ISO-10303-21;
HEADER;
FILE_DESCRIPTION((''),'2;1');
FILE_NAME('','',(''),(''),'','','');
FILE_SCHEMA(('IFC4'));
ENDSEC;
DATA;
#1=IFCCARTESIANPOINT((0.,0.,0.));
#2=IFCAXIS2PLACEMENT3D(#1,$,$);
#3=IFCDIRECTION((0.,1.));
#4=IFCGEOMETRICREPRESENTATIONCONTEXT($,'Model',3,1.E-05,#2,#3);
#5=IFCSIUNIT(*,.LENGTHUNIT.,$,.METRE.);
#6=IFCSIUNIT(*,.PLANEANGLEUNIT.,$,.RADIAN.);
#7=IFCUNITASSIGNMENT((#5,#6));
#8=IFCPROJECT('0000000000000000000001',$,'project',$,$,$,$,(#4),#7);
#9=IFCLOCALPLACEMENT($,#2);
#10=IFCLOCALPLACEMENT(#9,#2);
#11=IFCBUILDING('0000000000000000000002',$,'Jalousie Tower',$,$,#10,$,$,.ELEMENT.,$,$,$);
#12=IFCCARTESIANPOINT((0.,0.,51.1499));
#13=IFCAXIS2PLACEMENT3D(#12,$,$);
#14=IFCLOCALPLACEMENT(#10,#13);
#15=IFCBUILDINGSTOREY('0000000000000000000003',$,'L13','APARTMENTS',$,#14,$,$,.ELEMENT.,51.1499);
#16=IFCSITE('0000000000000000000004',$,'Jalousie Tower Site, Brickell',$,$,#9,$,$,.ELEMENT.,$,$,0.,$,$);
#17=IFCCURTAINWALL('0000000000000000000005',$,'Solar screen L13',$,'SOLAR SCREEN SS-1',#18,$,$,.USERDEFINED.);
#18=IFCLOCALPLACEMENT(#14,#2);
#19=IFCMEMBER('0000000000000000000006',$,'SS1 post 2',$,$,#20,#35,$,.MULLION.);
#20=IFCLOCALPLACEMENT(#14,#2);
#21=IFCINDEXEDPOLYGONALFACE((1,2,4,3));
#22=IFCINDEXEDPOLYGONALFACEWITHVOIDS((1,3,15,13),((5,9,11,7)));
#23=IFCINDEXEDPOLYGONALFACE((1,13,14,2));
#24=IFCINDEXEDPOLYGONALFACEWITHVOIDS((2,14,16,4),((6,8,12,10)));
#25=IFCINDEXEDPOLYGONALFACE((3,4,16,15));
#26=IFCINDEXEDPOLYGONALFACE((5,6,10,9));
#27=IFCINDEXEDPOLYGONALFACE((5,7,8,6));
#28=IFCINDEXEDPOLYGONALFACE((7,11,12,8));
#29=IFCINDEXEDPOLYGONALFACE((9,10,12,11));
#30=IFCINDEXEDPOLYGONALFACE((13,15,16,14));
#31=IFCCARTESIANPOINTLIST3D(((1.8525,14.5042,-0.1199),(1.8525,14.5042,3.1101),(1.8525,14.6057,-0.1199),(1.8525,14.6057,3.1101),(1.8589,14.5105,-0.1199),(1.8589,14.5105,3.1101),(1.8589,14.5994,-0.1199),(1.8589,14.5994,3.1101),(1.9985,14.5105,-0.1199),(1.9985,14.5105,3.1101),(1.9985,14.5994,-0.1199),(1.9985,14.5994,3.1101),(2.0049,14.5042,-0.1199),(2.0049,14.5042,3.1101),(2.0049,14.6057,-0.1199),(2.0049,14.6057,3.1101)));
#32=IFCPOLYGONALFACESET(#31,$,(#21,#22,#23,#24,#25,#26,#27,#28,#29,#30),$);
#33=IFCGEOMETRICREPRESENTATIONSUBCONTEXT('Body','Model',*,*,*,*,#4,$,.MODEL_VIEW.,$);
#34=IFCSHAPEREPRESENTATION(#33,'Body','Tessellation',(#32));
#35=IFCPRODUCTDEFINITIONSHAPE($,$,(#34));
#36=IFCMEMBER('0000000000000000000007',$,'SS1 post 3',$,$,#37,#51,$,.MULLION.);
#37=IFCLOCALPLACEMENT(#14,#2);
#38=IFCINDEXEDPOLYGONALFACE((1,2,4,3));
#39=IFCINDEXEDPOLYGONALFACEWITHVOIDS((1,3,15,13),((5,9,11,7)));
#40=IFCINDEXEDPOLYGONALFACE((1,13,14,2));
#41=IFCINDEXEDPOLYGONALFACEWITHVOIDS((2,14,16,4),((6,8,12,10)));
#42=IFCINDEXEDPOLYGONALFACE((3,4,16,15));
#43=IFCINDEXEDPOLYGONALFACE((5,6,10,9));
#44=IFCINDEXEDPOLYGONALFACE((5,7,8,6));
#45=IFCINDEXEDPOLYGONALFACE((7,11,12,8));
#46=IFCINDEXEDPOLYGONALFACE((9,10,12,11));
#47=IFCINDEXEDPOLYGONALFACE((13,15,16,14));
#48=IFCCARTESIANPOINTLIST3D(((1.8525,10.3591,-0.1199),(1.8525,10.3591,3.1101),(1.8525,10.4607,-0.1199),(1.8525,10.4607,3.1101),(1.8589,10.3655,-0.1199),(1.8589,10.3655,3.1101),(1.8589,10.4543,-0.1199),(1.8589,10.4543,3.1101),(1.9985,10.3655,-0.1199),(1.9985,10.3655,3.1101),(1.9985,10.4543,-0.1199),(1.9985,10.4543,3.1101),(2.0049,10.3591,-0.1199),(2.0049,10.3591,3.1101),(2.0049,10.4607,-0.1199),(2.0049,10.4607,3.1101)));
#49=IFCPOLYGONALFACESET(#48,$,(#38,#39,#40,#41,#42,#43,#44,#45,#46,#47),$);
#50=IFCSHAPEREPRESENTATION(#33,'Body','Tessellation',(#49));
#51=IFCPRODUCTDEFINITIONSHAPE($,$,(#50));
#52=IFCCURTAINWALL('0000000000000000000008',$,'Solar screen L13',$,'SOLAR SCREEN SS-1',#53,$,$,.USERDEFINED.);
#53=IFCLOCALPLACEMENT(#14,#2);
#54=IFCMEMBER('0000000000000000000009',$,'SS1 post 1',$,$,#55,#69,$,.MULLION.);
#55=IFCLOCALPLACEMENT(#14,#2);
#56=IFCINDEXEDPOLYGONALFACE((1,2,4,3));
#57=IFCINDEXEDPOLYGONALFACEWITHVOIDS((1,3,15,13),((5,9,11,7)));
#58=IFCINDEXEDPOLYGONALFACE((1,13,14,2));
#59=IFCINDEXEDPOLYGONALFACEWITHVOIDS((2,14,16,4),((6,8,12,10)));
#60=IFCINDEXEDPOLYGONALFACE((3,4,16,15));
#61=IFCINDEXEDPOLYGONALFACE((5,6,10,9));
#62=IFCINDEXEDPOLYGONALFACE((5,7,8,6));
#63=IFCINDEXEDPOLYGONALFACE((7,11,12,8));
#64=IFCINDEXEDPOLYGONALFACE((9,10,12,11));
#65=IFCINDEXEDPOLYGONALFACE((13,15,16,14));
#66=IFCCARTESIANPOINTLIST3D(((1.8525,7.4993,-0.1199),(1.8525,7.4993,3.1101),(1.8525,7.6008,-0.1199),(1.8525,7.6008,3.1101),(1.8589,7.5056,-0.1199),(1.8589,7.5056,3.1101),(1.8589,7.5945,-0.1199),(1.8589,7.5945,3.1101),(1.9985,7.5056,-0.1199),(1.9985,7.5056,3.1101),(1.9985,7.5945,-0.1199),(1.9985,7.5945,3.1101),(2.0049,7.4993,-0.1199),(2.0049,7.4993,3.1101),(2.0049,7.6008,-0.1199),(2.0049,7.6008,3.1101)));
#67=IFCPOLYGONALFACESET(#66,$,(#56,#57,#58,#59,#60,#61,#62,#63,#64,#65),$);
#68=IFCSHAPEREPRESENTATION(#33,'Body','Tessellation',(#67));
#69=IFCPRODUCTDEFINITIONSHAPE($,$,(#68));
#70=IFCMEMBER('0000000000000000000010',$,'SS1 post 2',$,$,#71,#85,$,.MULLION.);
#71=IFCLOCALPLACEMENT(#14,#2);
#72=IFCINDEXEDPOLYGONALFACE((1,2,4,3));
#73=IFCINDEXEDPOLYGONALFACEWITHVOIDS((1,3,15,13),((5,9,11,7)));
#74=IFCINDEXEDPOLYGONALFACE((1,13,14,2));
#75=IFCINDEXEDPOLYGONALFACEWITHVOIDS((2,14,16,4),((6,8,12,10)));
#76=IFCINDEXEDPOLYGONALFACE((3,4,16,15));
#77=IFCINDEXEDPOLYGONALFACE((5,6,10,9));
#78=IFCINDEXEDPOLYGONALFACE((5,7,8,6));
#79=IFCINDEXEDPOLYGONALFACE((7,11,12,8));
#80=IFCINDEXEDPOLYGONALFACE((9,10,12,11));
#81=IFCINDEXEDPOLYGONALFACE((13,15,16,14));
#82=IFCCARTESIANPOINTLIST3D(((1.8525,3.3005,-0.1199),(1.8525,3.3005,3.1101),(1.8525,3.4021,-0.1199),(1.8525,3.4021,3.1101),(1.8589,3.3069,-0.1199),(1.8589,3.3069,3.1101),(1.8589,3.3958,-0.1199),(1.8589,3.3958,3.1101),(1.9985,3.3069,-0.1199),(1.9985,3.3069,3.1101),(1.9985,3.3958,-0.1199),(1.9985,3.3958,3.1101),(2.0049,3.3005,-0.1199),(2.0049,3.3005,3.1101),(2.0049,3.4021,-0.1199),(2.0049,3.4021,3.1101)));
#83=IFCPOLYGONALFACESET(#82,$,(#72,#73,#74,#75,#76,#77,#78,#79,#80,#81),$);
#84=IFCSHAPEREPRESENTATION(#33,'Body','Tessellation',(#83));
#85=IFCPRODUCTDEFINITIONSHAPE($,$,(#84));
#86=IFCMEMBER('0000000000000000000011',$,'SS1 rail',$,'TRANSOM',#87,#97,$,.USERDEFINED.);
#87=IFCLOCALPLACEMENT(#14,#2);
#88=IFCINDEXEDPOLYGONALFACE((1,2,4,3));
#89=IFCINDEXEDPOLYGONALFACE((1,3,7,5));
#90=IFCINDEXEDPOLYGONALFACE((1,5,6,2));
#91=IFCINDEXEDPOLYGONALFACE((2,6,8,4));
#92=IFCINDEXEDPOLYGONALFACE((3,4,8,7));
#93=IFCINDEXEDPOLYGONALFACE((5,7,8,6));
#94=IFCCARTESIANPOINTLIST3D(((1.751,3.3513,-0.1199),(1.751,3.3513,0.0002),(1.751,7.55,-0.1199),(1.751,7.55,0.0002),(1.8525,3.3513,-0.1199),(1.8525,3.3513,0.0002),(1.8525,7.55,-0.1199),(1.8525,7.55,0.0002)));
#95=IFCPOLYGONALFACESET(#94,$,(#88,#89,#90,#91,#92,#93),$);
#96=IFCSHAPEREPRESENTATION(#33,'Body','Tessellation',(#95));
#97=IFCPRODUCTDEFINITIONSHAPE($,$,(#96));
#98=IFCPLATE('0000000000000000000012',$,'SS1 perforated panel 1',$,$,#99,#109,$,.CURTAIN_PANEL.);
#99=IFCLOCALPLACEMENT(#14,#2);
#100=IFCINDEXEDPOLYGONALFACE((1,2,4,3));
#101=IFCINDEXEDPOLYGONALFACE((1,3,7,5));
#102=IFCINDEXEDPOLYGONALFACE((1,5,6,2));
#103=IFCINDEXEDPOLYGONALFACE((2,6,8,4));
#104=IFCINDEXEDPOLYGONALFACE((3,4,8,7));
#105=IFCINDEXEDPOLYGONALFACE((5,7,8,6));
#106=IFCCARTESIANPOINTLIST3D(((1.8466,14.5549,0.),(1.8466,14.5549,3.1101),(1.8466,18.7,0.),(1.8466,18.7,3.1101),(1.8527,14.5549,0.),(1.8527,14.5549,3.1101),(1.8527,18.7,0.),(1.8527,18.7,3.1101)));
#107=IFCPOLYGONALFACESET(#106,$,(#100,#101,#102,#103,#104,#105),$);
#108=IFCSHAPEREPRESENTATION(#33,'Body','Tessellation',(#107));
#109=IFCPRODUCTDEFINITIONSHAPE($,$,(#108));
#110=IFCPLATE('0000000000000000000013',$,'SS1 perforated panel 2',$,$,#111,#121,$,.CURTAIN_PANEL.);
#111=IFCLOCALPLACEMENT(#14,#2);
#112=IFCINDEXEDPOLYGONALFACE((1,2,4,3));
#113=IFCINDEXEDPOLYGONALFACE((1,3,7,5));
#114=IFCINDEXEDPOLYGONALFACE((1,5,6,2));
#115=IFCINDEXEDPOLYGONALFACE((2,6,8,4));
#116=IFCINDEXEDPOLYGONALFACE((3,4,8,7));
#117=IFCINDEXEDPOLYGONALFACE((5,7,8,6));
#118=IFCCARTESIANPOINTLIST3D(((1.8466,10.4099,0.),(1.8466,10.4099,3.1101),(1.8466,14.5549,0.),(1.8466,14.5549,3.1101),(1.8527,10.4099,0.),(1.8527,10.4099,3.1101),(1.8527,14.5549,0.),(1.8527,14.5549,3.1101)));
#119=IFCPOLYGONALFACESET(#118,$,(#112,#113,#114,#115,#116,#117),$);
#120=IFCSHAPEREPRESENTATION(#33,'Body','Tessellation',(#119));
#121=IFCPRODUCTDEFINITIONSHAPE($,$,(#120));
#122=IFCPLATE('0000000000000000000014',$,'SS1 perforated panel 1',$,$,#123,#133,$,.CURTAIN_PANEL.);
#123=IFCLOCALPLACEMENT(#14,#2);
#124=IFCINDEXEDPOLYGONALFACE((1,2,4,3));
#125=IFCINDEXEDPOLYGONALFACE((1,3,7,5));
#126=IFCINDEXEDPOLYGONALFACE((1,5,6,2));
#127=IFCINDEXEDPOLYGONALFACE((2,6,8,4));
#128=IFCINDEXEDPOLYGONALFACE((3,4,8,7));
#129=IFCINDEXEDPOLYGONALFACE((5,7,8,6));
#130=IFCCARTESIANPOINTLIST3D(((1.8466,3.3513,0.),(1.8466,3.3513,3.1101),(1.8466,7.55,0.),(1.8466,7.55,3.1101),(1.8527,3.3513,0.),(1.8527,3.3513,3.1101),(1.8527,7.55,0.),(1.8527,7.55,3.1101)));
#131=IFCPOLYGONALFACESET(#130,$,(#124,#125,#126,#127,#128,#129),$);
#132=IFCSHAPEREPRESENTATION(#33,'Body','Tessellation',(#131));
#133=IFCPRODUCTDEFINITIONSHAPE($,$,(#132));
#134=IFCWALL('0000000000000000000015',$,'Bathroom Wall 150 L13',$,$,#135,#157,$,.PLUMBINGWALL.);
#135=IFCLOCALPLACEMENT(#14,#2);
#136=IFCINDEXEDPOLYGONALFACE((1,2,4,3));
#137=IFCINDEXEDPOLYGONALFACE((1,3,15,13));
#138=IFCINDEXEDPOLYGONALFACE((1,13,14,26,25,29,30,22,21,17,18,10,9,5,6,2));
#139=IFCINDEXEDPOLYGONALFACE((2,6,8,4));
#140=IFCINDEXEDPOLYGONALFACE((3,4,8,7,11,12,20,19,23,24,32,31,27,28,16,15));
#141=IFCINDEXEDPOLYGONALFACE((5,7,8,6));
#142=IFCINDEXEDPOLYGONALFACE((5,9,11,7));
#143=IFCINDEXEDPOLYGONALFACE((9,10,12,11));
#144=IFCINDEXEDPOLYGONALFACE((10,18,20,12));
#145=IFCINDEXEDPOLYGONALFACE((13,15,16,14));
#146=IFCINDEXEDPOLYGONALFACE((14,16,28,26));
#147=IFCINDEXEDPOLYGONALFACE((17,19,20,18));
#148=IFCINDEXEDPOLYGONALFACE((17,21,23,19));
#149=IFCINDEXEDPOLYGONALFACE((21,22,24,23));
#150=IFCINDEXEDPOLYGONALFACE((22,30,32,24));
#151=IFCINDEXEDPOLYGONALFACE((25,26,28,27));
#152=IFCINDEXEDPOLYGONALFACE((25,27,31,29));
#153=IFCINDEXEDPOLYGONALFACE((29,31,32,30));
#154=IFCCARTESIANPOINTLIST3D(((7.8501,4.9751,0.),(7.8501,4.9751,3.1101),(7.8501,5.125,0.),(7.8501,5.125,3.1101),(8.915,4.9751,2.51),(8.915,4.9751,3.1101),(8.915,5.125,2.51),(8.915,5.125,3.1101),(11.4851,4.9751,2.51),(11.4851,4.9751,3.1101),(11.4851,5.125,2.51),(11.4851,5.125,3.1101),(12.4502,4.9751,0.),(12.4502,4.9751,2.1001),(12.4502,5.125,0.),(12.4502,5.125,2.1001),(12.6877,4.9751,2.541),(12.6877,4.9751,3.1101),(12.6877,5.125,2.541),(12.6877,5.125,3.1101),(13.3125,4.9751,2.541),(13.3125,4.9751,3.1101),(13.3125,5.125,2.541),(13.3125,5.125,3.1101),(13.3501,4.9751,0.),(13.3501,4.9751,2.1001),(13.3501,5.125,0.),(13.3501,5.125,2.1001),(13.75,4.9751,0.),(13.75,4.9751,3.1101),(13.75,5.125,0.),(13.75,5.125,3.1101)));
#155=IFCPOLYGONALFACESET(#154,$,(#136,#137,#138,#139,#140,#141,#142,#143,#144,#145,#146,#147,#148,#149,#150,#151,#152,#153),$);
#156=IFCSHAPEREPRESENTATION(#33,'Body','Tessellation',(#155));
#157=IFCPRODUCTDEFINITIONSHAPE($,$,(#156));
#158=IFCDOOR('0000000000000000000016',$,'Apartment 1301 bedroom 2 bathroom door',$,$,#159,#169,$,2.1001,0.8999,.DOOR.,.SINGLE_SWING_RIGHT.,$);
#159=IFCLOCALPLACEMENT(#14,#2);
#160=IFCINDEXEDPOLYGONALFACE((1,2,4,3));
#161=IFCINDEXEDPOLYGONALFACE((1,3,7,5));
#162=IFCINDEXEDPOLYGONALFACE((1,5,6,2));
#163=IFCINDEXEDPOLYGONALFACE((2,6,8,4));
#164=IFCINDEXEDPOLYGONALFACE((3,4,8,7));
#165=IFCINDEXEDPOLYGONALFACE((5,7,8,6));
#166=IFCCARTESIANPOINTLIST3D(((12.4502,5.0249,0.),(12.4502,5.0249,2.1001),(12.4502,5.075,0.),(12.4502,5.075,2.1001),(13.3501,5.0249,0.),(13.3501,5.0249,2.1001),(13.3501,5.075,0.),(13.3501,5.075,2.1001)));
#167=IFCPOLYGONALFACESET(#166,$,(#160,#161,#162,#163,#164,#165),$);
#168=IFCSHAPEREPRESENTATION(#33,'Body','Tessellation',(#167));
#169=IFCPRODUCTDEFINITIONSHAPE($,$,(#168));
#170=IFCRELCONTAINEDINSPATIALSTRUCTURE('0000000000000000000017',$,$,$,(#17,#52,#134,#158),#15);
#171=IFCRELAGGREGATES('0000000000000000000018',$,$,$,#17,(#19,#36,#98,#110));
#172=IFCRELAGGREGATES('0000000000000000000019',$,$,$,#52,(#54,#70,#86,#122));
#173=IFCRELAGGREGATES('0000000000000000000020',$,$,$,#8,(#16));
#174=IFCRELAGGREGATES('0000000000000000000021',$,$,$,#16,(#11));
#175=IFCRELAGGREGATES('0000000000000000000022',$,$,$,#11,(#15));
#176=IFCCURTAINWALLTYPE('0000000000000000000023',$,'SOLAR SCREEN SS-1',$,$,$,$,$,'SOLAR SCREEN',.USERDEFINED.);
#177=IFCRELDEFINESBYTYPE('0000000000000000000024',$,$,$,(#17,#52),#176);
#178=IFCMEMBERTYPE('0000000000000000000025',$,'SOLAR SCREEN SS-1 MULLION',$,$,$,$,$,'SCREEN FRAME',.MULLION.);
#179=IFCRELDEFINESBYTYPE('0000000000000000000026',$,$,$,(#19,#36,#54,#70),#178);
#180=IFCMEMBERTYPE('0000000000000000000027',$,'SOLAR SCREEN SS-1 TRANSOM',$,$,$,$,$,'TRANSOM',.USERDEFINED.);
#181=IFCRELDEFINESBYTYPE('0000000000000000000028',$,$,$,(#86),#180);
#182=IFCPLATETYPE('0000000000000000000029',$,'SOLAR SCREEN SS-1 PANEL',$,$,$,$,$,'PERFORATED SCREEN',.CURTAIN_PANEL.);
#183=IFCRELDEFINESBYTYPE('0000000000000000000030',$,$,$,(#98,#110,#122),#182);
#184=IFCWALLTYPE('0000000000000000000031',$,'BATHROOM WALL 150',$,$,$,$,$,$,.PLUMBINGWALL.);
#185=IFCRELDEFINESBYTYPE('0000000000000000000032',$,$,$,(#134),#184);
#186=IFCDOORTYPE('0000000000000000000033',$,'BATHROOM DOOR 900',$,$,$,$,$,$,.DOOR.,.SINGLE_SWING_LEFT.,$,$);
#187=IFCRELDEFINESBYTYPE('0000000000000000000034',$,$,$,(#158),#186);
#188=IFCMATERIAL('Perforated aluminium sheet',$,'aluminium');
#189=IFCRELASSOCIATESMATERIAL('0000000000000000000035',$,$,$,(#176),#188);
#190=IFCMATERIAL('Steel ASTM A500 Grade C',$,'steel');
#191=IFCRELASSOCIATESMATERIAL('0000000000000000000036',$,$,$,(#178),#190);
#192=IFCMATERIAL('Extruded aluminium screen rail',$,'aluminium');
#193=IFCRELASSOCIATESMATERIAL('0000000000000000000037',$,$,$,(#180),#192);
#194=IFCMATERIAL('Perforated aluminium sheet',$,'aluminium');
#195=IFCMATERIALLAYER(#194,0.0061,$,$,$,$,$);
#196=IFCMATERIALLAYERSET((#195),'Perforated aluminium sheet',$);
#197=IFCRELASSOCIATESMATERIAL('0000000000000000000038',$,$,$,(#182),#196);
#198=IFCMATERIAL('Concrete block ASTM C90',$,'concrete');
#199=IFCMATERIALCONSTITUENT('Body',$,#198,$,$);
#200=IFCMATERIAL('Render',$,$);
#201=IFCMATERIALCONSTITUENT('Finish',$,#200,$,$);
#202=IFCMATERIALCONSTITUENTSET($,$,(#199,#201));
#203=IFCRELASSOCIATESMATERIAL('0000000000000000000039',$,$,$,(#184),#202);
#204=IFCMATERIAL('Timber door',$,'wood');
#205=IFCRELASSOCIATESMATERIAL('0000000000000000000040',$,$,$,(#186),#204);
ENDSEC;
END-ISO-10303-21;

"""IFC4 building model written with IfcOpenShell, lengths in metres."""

from ifc_helpers import new_model, si_unit, direction, frame, frame_2d, origin, origin_2d, place, context, subcontext, project, spatial, polyline, rectangle, hollow_rectangle, outline, extrude, material, layer, layer_set, constituent, constituent_set, material_profile, profile_set, type_object, element, fill, aggregate, save


model = new_model("IFC4")

# Units and contexts
model_context = context("Model", 3, precision=1e-05, world=origin(), true_north=direction((0.0, 1.0)))
body_context = subcontext(model_context, "Body", "Model", "MODEL_VIEW")
ifc_project = project(units=[si_unit("LENGTHUNIT", "METRE"), si_unit("PLANEANGLEUNIT", "RADIAN")], contexts=[model_context])

# Site, building, storey
site_placement = place(None, origin())
site = spatial("IfcSite", under=ifc_project, at=site_placement, Name="Jalousie Tower Site, Brickell", CompositionType="ELEMENT", RefElevation=0.0)
building_placement = place(site_placement, origin())
building = spatial("IfcBuilding", under=site, at=building_placement, Name="Jalousie Tower", CompositionType="ELEMENT")
storey_placement = place(building_placement, frame((0.0, 0.0, 51.1499)))
storey = spatial("IfcBuildingStorey", under=building, at=storey_placement, Name="L13", Description="APARTMENTS", CompositionType="ELEMENT", Elevation=51.1499)

# Curtain walls, members
ifc_material_1 = material(Name="Perforated aluminium sheet", Category="aluminium")
curtain_wall_type_1 = type_object("IfcCurtainWallType", Name="SOLAR SCREEN SS-1", ElementType="SOLAR SCREEN", PredefinedType="USERDEFINED", material=ifc_material_1)
curtain_wall_1_placement = place(storey_placement, origin())
curtain_wall_1 = element("IfcCurtainWall", 1, at=curtain_wall_1_placement, inside=storey, type_object=curtain_wall_type_1, Name="Solar screen L13", ObjectType="SOLAR SCREEN SS-1", PredefinedType="USERDEFINED")
ifc_material_2 = material(Name="Steel ASTM A500 Grade C", Category="steel")
ifc_material_profile_1 = material_profile(ifc_material_2, hollow_rectangle(XDim=0.1016, YDim=0.1523, WallThickness=0.0063, at=origin_2d()), Name="HSS6X4X1/4")
ifc_profile_set_1 = profile_set([ifc_material_profile_1], Name="Steel ASTM A500 Grade C")
member_type_1 = type_object("IfcMemberType", Name="SOLAR SCREEN SS-1 MULLION", ElementType="SCREEN FRAME", PredefinedType="MULLION", material=ifc_profile_set_1)
member_1_placement = place(storey_placement, frame((1.9287, 14.5549, -0.1199), z_axis=(0.0, 0.0, 1.0), x_axis=(0.0, -1.0, 0.0)))
member_1 = element("IfcMember", 2, at=member_1_placement, type_object=member_type_1, Name="SS1 post 2", PredefinedType="MULLION", context=body_context, shape_type="SweptSolid", body=[
    extrude(hollow_rectangle(XDim=0.1016, YDim=0.1523, WallThickness=0.0063, at=origin_2d()), origin(), (0.0, 0.0, 1.0), 3.23),
])
member_2_placement = place(storey_placement, frame((1.9287, 10.4099, -0.1199), z_axis=(0.0, 0.0, 1.0), x_axis=(0.0, -1.0, 0.0)))
member_2 = element("IfcMember", 3, at=member_2_placement, type_object=member_type_1, Name="SS1 post 3", PredefinedType="MULLION", context=body_context, shape_type="SweptSolid", body=[
    extrude(hollow_rectangle(XDim=0.1016, YDim=0.1523, WallThickness=0.0063, at=origin_2d()), origin(), (0.0, 0.0, 1.0), 3.23),
])
curtain_wall_2_placement = place(storey_placement, origin())
curtain_wall_2 = element("IfcCurtainWall", 4, at=curtain_wall_2_placement, inside=storey, type_object=curtain_wall_type_1, Name="Solar screen L13", ObjectType="SOLAR SCREEN SS-1", PredefinedType="USERDEFINED")
member_3_placement = place(storey_placement, frame((1.9287, 7.55, -0.1199), z_axis=(0.0, 0.0, 1.0), x_axis=(0.0, -1.0, 0.0)))
member_3 = element("IfcMember", 5, at=member_3_placement, type_object=member_type_1, Name="SS1 post 1", PredefinedType="MULLION", context=body_context, shape_type="SweptSolid", body=[
    extrude(hollow_rectangle(XDim=0.1016, YDim=0.1523, WallThickness=0.0063, at=origin_2d()), origin(), (0.0, 0.0, 1.0), 3.23),
])
member_4_placement = place(storey_placement, frame((1.9287, 3.3513, -0.1199), z_axis=(0.0, 0.0, 1.0), x_axis=(0.0, -1.0, 0.0)))
member_4 = element("IfcMember", 6, at=member_4_placement, type_object=member_type_1, Name="SS1 post 2", PredefinedType="MULLION", context=body_context, shape_type="SweptSolid", body=[
    extrude(hollow_rectangle(XDim=0.1016, YDim=0.1523, WallThickness=0.0063, at=origin_2d()), origin(), (0.0, 0.0, 1.0), 3.23),
])
ifc_material_3 = material(Name="Extruded aluminium screen rail", Category="aluminium")
ifc_material_profile_2 = material_profile(ifc_material_3, rectangle(XDim=0.1016, YDim=0.1201, at=origin_2d()), Name="RAIL 102x120")
ifc_profile_set_2 = profile_set([ifc_material_profile_2], Name="Extruded aluminium screen rail")
member_type_2 = type_object("IfcMemberType", Name="SOLAR SCREEN SS-1 TRANSOM", ElementType="TRANSOM", PredefinedType="USERDEFINED", material=ifc_profile_set_2)
member_5_placement = place(storey_placement, frame((1.8018, 7.55, -0.0598), z_axis=(0.0, -1.0, 0.0), x_axis=(1.0, 0.0, 0.0)))
member_5 = element("IfcMember", 7, at=member_5_placement, type_object=member_type_2, Name="SS1 rail", ObjectType="TRANSOM", PredefinedType="USERDEFINED", context=body_context, shape_type="SweptSolid", body=[
    extrude(rectangle(XDim=0.1016, YDim=0.1201, at=origin_2d()), origin(), (0.0, 0.0, 1.0), 4.1987),
])

# Plates
ifc_material_4 = material(Name="Perforated aluminium sheet", Category="aluminium")
ifc_layer_1 = layer(ifc_material_4, 0.0061)
ifc_layer_set_1 = layer_set([ifc_layer_1], Name="Perforated aluminium sheet")
plate_type = type_object("IfcPlateType", Name="SOLAR SCREEN SS-1 PANEL", ElementType="PERFORATED SCREEN", PredefinedType="CURTAIN_PANEL", material=ifc_layer_set_1)
plate_1_placement = place(storey_placement, frame((1.8496, 16.6274, 0.0), z_axis=(0.0, 0.0, 1.0), x_axis=(0.0, -1.0, 0.0)))
plate_1 = element("IfcPlate", 8, at=plate_1_placement, type_object=plate_type, Name="SS1 perforated panel 1", PredefinedType="CURTAIN_PANEL", context=body_context, shape_type="SweptSolid", body=[
    extrude(rectangle(XDim=4.145, YDim=0.0061, at=origin_2d()), origin(), (0.0, 0.0, 1.0), 3.1101),
])
plate_2_placement = place(storey_placement, frame((1.8496, 12.4824, 0.0), z_axis=(0.0, 0.0, 1.0), x_axis=(0.0, -1.0, 0.0)))
plate_2 = element("IfcPlate", 9, at=plate_2_placement, type_object=plate_type, Name="SS1 perforated panel 2", PredefinedType="CURTAIN_PANEL", context=body_context, shape_type="SweptSolid", body=[
    extrude(rectangle(XDim=4.145, YDim=0.0061, at=origin_2d()), origin(), (0.0, 0.0, 1.0), 3.1101),
])
aggregate(curtain_wall_1, [member_1, member_2, plate_1, plate_2])
plate_3_placement = place(storey_placement, frame((1.8496, 5.4507, 0.0), z_axis=(0.0, 0.0, 1.0), x_axis=(0.0, -1.0, 0.0)))
plate_3 = element("IfcPlate", 10, at=plate_3_placement, type_object=plate_type, Name="SS1 perforated panel 1", PredefinedType="CURTAIN_PANEL", context=body_context, shape_type="SweptSolid", body=[
    extrude(rectangle(XDim=4.1987, YDim=0.0061, at=origin_2d()), origin(), (0.0, 0.0, 1.0), 3.1101),
])
aggregate(curtain_wall_2, [member_3, member_4, member_5, plate_3])

# Wall, opening, door
ifc_material_5 = material(Name="Concrete block ASTM C90", Category="concrete")
ifc_constituent_1 = constituent(ifc_material_5, Name="Body")
ifc_material_6 = material(Name="Render")
ifc_constituent_2 = constituent(ifc_material_6, Name="Finish")
ifc_constituent_set_1 = constituent_set(constituents=[ifc_constituent_1, ifc_constituent_2])
wall_type_1 = type_object("IfcWallType", Name="BATHROOM WALL 150", PredefinedType="PLUMBINGWALL", material=ifc_constituent_set_1)
wall_1_placement = place(storey_placement, frame((7.8501, 5.05, 0.0), z_axis=(0.0, 0.0, 1.0), x_axis=(1.0, 0.0, 0.0)))
wall_1 = element("IfcWall", 11, at=wall_1_placement, inside=storey, type_object=wall_type_1, Name="Bathroom Wall 150 L13", PredefinedType="PLUMBINGWALL", context=body_context, shape_type="SweptSolid", body=[
    extrude(outline(polyline([(0.0, 0.0), (5.8999, 0.0), (5.8999, 3.1101), (5.4624, 3.1101), (5.4624, 2.541), (4.8376, 2.541), (4.8376, 3.1101), (3.635, 3.1101), (3.635, 2.51), (1.0649, 2.51), (1.0649, 3.1101), (0.0, 3.1101), (0.0, 0.0)])), frame((0.0, 0.075, 0.0), z_axis=(0.0, -1.0, 0.0), x_axis=(1.0, 0.0, 0.0)), (0.0, 0.0, 1.0), 0.1499),
])
opening_1_placement = place(wall_1_placement, frame((4.6001, 0.0, 0.0)))
opening_1 = element("IfcOpeningElement", 12, at=opening_1_placement, cuts=wall_1, PredefinedType="OPENING", context=body_context, shape_type="SweptSolid", body=[
    extrude(rectangle(XDim=0.8999, YDim=2.1001, at=frame_2d((0.45, 1.05))), frame((0.0, 0.085, 0.0), z_axis=(0.0, -1.0, 0.0), x_axis=(1.0, 0.0, 0.0)), (0.0, 0.0, 1.0), 0.1699),
])
ifc_material_7 = material(Name="Timber door", Category="wood")
door_type_1 = type_object("IfcDoorType", Name="BATHROOM DOOR 900", OperationType="SINGLE_SWING_LEFT", PredefinedType="DOOR", material=ifc_material_7)
door_1_placement = place(opening_1_placement, origin())
door_1 = element("IfcDoor", 13, at=door_1_placement, inside=storey, type_object=door_type_1, Name="Apartment 1301 bedroom 2 bathroom door", OperationType="SINGLE_SWING_RIGHT", OverallHeight=2.1001, OverallWidth=0.8999, PredefinedType="DOOR", context=body_context, shape_type="SweptSolid", body=[
    extrude(rectangle(XDim=0.8999, YDim=2.1001, at=frame_2d((0.45, 1.05))), frame((0.0, 0.0249, 0.0), z_axis=(0.0, -1.0, 0.0), x_axis=(1.0, 0.0, 0.0)), (0.0, 0.0, 1.0), 0.05),
])
fill(opening_1, door_1)

save(model, "model.ifc")
